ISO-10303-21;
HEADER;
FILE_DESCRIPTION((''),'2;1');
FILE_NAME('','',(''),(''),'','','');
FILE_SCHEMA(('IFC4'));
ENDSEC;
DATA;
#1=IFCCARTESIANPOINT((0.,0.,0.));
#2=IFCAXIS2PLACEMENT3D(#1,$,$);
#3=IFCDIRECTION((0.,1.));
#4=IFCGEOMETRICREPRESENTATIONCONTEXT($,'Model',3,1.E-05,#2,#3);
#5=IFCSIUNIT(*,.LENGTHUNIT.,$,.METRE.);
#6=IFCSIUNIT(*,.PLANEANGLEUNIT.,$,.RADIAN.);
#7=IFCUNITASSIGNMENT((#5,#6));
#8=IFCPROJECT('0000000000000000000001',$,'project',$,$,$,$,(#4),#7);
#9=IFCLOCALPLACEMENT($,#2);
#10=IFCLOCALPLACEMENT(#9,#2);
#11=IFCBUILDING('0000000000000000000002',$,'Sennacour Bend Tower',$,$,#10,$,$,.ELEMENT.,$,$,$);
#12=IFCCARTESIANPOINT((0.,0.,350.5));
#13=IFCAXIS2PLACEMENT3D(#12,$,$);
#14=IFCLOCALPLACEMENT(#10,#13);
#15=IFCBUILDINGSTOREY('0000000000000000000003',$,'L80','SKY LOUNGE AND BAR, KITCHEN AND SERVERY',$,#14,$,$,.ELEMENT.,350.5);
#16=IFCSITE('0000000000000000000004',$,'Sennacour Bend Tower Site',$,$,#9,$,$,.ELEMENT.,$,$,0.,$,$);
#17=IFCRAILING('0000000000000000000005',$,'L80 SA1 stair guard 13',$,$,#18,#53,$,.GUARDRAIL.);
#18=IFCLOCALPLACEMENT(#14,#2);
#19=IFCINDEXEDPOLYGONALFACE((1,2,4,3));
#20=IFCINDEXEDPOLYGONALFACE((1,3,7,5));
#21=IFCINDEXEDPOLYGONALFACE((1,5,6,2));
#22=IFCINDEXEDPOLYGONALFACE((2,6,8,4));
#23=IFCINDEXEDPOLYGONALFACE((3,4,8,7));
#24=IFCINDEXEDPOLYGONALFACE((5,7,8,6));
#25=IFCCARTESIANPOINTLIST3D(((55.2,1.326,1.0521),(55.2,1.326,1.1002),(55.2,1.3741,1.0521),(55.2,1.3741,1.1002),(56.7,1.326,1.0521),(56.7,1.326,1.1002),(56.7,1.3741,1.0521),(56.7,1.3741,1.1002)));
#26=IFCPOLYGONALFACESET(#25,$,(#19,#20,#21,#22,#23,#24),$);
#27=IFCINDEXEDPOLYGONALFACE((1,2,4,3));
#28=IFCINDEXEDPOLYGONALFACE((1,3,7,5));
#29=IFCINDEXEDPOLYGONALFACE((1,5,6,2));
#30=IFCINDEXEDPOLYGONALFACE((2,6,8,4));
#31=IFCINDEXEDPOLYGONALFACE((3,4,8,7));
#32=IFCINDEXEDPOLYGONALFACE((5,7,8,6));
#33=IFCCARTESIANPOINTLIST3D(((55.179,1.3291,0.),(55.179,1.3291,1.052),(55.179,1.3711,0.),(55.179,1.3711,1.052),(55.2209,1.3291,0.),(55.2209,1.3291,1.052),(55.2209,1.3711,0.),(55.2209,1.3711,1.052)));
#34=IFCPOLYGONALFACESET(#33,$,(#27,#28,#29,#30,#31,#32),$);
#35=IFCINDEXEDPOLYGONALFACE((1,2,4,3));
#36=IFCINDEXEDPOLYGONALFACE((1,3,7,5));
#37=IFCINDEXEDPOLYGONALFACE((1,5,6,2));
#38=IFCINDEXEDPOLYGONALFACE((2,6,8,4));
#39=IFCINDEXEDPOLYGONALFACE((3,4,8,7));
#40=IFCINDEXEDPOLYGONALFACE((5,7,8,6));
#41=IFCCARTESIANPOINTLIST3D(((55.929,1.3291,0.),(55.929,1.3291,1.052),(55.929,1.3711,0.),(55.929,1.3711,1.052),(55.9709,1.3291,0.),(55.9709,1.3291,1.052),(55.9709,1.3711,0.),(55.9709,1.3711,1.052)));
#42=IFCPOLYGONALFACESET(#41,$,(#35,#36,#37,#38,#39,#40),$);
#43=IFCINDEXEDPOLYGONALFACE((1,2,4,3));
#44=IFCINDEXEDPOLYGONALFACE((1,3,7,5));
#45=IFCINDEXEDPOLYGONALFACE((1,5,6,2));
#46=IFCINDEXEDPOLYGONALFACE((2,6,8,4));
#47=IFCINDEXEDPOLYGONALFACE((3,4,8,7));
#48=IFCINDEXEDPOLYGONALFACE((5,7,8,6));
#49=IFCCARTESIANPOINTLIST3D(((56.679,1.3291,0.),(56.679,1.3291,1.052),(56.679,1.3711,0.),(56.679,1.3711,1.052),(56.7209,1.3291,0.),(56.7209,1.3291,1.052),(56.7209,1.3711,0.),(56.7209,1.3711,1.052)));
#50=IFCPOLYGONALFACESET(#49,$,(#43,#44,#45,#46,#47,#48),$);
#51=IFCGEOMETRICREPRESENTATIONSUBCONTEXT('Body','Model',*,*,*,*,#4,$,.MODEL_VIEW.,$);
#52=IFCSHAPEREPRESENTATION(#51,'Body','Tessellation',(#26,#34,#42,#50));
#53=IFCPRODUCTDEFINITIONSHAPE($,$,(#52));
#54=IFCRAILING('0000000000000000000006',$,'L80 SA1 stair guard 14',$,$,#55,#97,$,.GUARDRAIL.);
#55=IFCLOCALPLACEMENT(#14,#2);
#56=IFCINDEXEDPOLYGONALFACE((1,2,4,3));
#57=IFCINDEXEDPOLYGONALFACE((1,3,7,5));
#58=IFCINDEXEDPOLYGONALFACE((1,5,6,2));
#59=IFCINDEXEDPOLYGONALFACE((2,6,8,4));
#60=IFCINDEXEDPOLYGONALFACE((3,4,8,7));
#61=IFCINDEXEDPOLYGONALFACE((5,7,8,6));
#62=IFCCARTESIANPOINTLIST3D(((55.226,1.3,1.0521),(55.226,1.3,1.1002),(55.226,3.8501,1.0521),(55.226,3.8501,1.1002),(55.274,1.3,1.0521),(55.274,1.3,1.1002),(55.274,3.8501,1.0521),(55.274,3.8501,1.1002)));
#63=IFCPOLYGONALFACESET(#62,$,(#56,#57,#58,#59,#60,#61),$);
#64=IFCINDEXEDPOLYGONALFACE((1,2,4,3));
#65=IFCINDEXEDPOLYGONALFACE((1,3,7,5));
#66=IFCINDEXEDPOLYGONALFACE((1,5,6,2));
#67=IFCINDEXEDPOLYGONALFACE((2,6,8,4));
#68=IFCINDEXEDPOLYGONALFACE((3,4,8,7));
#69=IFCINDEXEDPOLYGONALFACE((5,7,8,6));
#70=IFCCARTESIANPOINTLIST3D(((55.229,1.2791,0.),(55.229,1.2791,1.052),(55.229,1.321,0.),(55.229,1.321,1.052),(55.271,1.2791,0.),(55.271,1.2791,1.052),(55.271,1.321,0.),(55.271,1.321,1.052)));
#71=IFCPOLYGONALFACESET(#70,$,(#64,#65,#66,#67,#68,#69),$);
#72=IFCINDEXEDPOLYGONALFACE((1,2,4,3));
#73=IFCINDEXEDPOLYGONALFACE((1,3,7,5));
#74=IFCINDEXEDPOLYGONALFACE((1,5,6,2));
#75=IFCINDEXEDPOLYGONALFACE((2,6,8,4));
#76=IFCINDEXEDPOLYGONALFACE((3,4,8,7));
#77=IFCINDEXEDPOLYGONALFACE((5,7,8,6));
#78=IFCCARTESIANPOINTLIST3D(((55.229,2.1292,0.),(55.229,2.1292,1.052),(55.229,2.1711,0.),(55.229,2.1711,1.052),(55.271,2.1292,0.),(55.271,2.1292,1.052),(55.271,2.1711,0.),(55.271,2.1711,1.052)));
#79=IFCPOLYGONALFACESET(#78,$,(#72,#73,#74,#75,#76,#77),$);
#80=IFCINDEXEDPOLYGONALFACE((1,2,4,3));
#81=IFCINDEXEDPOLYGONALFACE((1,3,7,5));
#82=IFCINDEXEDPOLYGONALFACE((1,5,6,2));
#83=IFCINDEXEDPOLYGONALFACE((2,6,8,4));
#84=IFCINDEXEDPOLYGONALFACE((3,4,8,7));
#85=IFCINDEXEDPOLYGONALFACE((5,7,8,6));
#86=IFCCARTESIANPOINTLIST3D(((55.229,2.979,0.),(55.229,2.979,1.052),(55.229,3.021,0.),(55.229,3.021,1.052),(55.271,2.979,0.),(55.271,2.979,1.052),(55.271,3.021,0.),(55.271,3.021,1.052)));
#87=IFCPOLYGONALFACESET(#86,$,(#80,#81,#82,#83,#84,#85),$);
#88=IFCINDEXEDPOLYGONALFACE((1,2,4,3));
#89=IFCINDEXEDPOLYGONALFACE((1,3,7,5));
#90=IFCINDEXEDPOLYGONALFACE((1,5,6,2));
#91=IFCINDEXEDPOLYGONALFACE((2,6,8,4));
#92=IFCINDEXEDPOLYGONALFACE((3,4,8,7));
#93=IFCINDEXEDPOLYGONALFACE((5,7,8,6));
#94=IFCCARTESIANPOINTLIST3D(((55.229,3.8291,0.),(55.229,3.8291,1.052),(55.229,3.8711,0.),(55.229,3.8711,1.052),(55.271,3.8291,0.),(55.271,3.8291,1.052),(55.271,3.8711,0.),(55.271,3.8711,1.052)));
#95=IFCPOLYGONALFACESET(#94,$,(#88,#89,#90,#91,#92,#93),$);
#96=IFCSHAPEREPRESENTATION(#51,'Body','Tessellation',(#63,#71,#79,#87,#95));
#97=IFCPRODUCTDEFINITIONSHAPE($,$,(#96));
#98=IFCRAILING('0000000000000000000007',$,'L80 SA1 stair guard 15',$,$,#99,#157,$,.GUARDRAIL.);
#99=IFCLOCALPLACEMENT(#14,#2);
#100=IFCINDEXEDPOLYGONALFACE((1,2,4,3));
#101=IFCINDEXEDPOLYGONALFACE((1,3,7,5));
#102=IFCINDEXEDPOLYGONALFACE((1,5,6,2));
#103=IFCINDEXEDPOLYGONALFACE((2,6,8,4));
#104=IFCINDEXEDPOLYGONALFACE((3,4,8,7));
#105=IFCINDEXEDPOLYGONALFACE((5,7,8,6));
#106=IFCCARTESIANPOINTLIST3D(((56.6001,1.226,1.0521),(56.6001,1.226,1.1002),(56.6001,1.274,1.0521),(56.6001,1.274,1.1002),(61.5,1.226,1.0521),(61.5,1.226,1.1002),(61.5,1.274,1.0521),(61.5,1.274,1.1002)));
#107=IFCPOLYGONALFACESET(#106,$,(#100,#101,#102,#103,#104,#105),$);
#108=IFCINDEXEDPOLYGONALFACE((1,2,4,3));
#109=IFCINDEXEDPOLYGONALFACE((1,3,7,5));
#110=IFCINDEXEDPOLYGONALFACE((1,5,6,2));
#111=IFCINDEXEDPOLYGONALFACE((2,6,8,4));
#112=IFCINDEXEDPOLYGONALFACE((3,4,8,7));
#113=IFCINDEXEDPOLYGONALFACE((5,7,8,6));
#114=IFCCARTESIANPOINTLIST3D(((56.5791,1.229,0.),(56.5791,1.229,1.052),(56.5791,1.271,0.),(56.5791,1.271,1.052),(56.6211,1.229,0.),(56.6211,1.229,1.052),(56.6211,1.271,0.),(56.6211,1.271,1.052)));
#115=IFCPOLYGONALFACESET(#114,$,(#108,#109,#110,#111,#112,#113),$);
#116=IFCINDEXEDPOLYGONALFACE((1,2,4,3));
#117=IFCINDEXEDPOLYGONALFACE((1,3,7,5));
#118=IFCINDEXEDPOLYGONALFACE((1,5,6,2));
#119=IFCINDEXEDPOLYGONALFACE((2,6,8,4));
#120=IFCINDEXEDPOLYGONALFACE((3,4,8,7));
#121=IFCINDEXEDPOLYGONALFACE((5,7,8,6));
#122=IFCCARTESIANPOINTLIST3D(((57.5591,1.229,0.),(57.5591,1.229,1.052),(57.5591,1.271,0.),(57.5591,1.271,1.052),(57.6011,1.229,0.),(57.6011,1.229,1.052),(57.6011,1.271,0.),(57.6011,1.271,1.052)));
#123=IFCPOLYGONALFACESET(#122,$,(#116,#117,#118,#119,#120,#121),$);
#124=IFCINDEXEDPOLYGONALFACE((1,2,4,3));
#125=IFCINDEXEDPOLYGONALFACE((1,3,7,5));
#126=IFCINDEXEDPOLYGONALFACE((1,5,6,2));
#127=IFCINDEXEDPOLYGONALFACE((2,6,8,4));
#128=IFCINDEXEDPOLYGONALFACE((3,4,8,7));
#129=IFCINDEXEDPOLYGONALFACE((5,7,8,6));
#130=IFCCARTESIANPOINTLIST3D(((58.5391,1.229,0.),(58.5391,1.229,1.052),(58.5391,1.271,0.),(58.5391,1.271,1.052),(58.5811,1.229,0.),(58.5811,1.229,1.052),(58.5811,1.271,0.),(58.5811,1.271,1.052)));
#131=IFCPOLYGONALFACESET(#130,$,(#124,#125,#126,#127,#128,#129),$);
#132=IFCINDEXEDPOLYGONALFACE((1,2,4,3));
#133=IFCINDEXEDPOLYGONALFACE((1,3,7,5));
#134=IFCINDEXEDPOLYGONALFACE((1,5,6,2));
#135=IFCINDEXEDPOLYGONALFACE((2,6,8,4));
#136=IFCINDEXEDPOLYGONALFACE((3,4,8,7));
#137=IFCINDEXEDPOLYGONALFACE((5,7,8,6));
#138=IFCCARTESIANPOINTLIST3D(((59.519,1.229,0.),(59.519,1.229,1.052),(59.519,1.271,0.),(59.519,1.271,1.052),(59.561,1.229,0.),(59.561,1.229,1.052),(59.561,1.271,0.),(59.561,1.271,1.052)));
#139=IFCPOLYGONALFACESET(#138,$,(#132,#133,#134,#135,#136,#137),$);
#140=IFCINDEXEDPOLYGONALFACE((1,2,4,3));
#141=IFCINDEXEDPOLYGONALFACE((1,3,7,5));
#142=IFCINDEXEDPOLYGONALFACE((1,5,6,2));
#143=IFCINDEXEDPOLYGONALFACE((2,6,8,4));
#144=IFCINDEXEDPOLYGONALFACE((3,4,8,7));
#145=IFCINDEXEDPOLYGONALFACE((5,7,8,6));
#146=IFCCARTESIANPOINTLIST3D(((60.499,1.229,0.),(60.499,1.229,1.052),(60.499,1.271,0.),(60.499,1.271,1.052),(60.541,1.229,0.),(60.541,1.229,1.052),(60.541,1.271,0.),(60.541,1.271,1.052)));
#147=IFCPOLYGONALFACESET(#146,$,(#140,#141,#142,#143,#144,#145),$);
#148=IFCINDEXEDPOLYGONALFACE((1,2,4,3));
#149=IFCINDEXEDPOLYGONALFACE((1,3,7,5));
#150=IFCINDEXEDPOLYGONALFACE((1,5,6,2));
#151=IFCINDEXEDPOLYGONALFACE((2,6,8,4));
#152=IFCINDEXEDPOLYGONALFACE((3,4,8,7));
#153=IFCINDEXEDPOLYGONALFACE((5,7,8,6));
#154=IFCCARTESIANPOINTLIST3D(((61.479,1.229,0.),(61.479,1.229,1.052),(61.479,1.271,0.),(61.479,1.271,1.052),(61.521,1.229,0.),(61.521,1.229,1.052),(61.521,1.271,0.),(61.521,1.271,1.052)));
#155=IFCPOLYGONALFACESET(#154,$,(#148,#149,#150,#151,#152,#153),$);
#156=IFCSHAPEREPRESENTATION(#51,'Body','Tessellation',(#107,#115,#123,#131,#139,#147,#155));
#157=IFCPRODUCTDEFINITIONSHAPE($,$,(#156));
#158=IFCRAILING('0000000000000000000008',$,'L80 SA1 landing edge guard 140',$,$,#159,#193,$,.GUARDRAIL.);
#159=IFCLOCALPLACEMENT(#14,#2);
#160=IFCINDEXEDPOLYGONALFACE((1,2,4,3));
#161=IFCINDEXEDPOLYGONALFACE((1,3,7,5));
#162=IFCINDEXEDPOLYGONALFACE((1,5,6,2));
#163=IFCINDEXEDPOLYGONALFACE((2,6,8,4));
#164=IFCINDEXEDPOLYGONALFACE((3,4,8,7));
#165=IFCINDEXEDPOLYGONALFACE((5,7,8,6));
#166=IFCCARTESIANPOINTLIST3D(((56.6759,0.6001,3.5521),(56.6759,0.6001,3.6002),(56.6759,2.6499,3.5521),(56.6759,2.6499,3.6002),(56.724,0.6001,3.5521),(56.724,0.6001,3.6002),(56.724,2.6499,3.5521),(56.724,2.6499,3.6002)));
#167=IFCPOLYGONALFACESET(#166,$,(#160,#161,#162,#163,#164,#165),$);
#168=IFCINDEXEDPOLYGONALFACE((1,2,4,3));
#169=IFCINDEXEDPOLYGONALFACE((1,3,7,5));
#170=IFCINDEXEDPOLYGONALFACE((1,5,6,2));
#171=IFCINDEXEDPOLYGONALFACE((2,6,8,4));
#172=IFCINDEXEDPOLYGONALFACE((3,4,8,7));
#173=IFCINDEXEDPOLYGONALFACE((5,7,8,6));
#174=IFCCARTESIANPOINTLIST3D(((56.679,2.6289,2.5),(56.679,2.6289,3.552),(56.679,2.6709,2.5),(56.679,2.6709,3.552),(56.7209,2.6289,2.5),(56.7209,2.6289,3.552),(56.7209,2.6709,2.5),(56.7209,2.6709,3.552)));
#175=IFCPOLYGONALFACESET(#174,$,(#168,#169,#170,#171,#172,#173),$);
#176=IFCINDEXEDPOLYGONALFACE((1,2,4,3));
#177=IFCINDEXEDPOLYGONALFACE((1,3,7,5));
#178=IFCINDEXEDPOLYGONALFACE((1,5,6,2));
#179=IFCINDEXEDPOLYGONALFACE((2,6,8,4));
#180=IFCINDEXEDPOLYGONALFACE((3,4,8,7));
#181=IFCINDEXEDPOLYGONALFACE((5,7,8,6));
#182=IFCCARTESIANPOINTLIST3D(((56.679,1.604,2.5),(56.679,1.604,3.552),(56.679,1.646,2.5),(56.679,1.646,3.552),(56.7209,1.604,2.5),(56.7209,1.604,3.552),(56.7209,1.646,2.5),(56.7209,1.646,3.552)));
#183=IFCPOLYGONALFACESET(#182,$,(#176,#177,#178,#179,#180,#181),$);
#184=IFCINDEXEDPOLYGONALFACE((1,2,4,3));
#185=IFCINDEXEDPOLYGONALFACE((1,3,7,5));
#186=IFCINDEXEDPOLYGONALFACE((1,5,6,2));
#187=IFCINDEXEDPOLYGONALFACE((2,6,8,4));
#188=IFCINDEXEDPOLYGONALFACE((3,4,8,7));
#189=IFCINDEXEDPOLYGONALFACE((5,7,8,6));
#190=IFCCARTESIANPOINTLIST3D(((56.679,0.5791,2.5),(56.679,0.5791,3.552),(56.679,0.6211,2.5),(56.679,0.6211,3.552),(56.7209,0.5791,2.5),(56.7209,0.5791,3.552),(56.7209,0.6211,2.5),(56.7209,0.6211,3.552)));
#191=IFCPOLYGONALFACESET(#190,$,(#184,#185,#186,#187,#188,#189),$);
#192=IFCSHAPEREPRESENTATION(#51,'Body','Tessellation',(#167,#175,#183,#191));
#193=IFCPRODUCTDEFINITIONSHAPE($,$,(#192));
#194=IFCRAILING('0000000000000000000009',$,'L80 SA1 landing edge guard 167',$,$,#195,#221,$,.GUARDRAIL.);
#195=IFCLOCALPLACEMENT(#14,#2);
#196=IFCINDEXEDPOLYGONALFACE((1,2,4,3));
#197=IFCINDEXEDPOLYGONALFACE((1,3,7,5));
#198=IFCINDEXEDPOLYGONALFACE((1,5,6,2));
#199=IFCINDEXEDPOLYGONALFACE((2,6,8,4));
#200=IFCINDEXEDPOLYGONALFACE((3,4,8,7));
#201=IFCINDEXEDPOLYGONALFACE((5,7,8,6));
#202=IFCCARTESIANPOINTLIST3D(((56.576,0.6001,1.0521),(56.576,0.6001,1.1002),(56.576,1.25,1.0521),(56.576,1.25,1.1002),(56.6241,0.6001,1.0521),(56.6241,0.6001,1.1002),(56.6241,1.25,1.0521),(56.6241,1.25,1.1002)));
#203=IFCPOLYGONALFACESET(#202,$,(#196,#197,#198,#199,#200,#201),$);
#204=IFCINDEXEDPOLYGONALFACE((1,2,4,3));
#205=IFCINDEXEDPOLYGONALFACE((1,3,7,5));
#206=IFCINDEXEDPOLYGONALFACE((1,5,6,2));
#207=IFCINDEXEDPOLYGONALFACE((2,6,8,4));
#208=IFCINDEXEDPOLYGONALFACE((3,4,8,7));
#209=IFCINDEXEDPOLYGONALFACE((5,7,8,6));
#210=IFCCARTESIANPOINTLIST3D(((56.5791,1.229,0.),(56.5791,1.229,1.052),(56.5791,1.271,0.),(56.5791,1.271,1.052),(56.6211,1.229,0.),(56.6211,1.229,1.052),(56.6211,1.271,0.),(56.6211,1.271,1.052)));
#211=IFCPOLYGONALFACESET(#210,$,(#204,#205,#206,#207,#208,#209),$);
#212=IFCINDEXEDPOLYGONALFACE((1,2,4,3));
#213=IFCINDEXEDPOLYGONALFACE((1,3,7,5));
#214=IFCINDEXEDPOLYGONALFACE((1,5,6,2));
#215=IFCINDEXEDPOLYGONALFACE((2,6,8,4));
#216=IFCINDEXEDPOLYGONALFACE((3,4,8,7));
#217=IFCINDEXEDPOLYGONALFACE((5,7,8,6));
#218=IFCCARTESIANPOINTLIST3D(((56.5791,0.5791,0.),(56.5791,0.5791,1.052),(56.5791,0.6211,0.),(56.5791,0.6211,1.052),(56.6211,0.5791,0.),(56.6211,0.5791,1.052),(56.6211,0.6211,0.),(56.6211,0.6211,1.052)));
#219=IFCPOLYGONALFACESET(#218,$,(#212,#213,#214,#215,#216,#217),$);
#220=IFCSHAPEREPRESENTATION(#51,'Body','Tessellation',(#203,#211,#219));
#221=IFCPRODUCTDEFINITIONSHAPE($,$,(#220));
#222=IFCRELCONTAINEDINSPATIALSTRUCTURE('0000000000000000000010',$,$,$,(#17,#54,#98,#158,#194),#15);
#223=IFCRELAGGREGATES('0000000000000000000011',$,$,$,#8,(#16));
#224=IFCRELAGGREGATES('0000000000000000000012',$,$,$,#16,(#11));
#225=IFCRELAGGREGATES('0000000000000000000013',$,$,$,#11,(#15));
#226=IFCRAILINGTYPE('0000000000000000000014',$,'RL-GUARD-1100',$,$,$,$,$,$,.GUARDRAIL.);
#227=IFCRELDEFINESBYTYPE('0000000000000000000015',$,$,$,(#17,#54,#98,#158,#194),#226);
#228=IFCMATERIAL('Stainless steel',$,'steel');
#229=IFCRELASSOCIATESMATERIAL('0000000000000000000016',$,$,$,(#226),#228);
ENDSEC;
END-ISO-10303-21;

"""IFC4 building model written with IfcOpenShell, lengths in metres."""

from ifc_helpers import new_model, si_unit, direction, frame, origin, origin_2d, place, context, subcontext, project, spatial, rectangle, extrude, material, type_object, element, save


model = new_model("IFC4")

# Units and contexts
model_context = context("Model", 3, precision=1e-05, world=origin(), true_north=direction((0.0, 1.0)))
body_context = subcontext(model_context, "Body", "Model", "MODEL_VIEW")
ifc_project = project(units=[si_unit("LENGTHUNIT", "METRE"), si_unit("PLANEANGLEUNIT", "RADIAN")], contexts=[model_context])

# Site, building, storey
site_placement = place(None, origin())
site = spatial("IfcSite", under=ifc_project, at=site_placement, Name="Sennacour Bend Tower Site", CompositionType="ELEMENT", RefElevation=0.0)
building_placement = place(site_placement, origin())
building = spatial("IfcBuilding", under=site, at=building_placement, Name="Sennacour Bend Tower", CompositionType="ELEMENT")
storey_placement = place(building_placement, frame((0.0, 0.0, 350.5)))
storey = spatial("IfcBuildingStorey", under=building, at=storey_placement, Name="L80", Description="SKY LOUNGE AND BAR, KITCHEN AND SERVERY", CompositionType="ELEMENT", Elevation=350.5)

# Railings
ifc_material_1 = material(Name="Stainless steel", Category="steel")
railing_type_1 = type_object("IfcRailingType", Name="RL-GUARD-1100", PredefinedType="GUARDRAIL", material=ifc_material_1)
railing_1_placement = place(storey_placement, frame((55.2, 1.3501, 0.0)))
element("IfcRailing", 1, at=railing_1_placement, inside=storey, type_object=railing_type_1, Name="L80 SA1 stair guard 13", PredefinedType="GUARDRAIL", context=body_context, shape_type="SweptSolid", body=[
    extrude(rectangle(XDim=0.0481, YDim=0.0481, at=origin_2d()), frame((0.0, 0.0, 1.0762), z_axis=(1.0, 0.0, 0.0), x_axis=(0.0, 1.0, 0.0)), (0.0, 0.0, 1.0), 1.5),
    extrude(rectangle(XDim=0.042, YDim=0.042, at=origin_2d()), origin(), (0.0, 0.0, 1.0), 1.052),
    extrude(rectangle(XDim=0.042, YDim=0.042, at=origin_2d()), frame((0.75, 0.0, 0.0)), (0.0, 0.0, 1.0), 1.052),
    extrude(rectangle(XDim=0.042, YDim=0.042, at=origin_2d()), frame((1.5, 0.0, 0.0)), (0.0, 0.0, 1.0), 1.052),
])
railing_2_placement = place(storey_placement, frame((55.25, 1.3, 0.0)))
element("IfcRailing", 2, at=railing_2_placement, inside=storey, type_object=railing_type_1, Name="L80 SA1 stair guard 14", PredefinedType="GUARDRAIL", context=body_context, shape_type="SweptSolid", body=[
    extrude(rectangle(XDim=0.0481, YDim=0.0481, at=origin_2d()), frame((0.0, 0.0, 1.0762), z_axis=(0.0, 1.0, 0.0), x_axis=(-1.0, 0.0, 0.0)), (0.0, 0.0, 1.0), 2.55),
    extrude(rectangle(XDim=0.042, YDim=0.042, at=origin_2d()), origin(), (0.0, 0.0, 1.0), 1.052),
    extrude(rectangle(XDim=0.042, YDim=0.042, at=origin_2d()), frame((0.0, 0.8501, 0.0)), (0.0, 0.0, 1.0), 1.052),
    extrude(rectangle(XDim=0.042, YDim=0.042, at=origin_2d()), frame((0.0, 1.7, 0.0)), (0.0, 0.0, 1.0), 1.052),
    extrude(rectangle(XDim=0.042, YDim=0.042, at=origin_2d()), frame((0.0, 2.55, 0.0)), (0.0, 0.0, 1.0), 1.052),
])
railing_3_placement = place(storey_placement, frame((56.6001, 1.25, 0.0)))
element("IfcRailing", 3, at=railing_3_placement, inside=storey, type_object=railing_type_1, Name="L80 SA1 stair guard 15", PredefinedType="GUARDRAIL", context=body_context, shape_type="SweptSolid", body=[
    extrude(rectangle(XDim=0.0481, YDim=0.0481, at=origin_2d()), frame((0.0, 0.0, 1.0762), z_axis=(1.0, 0.0, 0.0), x_axis=(0.0, 1.0, 0.0)), (0.0, 0.0, 1.0), 4.8999),
    extrude(rectangle(XDim=0.042, YDim=0.042, at=origin_2d()), origin(), (0.0, 0.0, 1.0), 1.052),
    extrude(rectangle(XDim=0.042, YDim=0.042, at=origin_2d()), frame((0.98, 0.0, 0.0)), (0.0, 0.0, 1.0), 1.052),
    extrude(rectangle(XDim=0.042, YDim=0.042, at=origin_2d()), frame((1.96, 0.0, 0.0)), (0.0, 0.0, 1.0), 1.052),
    extrude(rectangle(XDim=0.042, YDim=0.042, at=origin_2d()), frame((2.9399, 0.0, 0.0)), (0.0, 0.0, 1.0), 1.052),
    extrude(rectangle(XDim=0.042, YDim=0.042, at=origin_2d()), frame((3.9199, 0.0, 0.0)), (0.0, 0.0, 1.0), 1.052),
    extrude(rectangle(XDim=0.042, YDim=0.042, at=origin_2d()), frame((4.8999, 0.0, 0.0)), (0.0, 0.0, 1.0), 1.052),
])
railing_4_placement = place(storey_placement, frame((56.7, 2.6499, 2.5)))
element("IfcRailing", 4, at=railing_4_placement, inside=storey, type_object=railing_type_1, Name="L80 SA1 landing edge guard 140", PredefinedType="GUARDRAIL", context=body_context, shape_type="SweptSolid", body=[
    extrude(rectangle(XDim=0.0481, YDim=0.0481, at=origin_2d()), frame((0.0, 0.0, 1.0762), z_axis=(0.0, -1.0, 0.0), x_axis=(1.0, 0.0, 0.0)), (0.0, 0.0, 1.0), 2.0498),
    extrude(rectangle(XDim=0.042, YDim=0.042, at=origin_2d()), origin(), (0.0, 0.0, 1.0), 1.052),
    extrude(rectangle(XDim=0.042, YDim=0.042, at=origin_2d()), frame((0.0, -1.0249, 0.0)), (0.0, 0.0, 1.0), 1.052),
    extrude(rectangle(XDim=0.042, YDim=0.042, at=origin_2d()), frame((0.0, -2.0498, 0.0)), (0.0, 0.0, 1.0), 1.052),
])
railing_5_placement = place(storey_placement, frame((56.6001, 1.25, 0.0)))
element("IfcRailing", 5, at=railing_5_placement, inside=storey, type_object=railing_type_1, Name="L80 SA1 landing edge guard 167", PredefinedType="GUARDRAIL", context=body_context, shape_type="SweptSolid", body=[
    extrude(rectangle(XDim=0.0481, YDim=0.0481, at=origin_2d()), frame((0.0, 0.0, 1.0762), z_axis=(0.0, -1.0, 0.0), x_axis=(1.0, 0.0, 0.0)), (0.0, 0.0, 1.0), 0.6499),
    extrude(rectangle(XDim=0.042, YDim=0.042, at=origin_2d()), origin(), (0.0, 0.0, 1.0), 1.052),
    extrude(rectangle(XDim=0.042, YDim=0.042, at=origin_2d()), frame((0.0, -0.6499, 0.0)), (0.0, 0.0, 1.0), 1.052),
])

save(model, "model.ifc")
